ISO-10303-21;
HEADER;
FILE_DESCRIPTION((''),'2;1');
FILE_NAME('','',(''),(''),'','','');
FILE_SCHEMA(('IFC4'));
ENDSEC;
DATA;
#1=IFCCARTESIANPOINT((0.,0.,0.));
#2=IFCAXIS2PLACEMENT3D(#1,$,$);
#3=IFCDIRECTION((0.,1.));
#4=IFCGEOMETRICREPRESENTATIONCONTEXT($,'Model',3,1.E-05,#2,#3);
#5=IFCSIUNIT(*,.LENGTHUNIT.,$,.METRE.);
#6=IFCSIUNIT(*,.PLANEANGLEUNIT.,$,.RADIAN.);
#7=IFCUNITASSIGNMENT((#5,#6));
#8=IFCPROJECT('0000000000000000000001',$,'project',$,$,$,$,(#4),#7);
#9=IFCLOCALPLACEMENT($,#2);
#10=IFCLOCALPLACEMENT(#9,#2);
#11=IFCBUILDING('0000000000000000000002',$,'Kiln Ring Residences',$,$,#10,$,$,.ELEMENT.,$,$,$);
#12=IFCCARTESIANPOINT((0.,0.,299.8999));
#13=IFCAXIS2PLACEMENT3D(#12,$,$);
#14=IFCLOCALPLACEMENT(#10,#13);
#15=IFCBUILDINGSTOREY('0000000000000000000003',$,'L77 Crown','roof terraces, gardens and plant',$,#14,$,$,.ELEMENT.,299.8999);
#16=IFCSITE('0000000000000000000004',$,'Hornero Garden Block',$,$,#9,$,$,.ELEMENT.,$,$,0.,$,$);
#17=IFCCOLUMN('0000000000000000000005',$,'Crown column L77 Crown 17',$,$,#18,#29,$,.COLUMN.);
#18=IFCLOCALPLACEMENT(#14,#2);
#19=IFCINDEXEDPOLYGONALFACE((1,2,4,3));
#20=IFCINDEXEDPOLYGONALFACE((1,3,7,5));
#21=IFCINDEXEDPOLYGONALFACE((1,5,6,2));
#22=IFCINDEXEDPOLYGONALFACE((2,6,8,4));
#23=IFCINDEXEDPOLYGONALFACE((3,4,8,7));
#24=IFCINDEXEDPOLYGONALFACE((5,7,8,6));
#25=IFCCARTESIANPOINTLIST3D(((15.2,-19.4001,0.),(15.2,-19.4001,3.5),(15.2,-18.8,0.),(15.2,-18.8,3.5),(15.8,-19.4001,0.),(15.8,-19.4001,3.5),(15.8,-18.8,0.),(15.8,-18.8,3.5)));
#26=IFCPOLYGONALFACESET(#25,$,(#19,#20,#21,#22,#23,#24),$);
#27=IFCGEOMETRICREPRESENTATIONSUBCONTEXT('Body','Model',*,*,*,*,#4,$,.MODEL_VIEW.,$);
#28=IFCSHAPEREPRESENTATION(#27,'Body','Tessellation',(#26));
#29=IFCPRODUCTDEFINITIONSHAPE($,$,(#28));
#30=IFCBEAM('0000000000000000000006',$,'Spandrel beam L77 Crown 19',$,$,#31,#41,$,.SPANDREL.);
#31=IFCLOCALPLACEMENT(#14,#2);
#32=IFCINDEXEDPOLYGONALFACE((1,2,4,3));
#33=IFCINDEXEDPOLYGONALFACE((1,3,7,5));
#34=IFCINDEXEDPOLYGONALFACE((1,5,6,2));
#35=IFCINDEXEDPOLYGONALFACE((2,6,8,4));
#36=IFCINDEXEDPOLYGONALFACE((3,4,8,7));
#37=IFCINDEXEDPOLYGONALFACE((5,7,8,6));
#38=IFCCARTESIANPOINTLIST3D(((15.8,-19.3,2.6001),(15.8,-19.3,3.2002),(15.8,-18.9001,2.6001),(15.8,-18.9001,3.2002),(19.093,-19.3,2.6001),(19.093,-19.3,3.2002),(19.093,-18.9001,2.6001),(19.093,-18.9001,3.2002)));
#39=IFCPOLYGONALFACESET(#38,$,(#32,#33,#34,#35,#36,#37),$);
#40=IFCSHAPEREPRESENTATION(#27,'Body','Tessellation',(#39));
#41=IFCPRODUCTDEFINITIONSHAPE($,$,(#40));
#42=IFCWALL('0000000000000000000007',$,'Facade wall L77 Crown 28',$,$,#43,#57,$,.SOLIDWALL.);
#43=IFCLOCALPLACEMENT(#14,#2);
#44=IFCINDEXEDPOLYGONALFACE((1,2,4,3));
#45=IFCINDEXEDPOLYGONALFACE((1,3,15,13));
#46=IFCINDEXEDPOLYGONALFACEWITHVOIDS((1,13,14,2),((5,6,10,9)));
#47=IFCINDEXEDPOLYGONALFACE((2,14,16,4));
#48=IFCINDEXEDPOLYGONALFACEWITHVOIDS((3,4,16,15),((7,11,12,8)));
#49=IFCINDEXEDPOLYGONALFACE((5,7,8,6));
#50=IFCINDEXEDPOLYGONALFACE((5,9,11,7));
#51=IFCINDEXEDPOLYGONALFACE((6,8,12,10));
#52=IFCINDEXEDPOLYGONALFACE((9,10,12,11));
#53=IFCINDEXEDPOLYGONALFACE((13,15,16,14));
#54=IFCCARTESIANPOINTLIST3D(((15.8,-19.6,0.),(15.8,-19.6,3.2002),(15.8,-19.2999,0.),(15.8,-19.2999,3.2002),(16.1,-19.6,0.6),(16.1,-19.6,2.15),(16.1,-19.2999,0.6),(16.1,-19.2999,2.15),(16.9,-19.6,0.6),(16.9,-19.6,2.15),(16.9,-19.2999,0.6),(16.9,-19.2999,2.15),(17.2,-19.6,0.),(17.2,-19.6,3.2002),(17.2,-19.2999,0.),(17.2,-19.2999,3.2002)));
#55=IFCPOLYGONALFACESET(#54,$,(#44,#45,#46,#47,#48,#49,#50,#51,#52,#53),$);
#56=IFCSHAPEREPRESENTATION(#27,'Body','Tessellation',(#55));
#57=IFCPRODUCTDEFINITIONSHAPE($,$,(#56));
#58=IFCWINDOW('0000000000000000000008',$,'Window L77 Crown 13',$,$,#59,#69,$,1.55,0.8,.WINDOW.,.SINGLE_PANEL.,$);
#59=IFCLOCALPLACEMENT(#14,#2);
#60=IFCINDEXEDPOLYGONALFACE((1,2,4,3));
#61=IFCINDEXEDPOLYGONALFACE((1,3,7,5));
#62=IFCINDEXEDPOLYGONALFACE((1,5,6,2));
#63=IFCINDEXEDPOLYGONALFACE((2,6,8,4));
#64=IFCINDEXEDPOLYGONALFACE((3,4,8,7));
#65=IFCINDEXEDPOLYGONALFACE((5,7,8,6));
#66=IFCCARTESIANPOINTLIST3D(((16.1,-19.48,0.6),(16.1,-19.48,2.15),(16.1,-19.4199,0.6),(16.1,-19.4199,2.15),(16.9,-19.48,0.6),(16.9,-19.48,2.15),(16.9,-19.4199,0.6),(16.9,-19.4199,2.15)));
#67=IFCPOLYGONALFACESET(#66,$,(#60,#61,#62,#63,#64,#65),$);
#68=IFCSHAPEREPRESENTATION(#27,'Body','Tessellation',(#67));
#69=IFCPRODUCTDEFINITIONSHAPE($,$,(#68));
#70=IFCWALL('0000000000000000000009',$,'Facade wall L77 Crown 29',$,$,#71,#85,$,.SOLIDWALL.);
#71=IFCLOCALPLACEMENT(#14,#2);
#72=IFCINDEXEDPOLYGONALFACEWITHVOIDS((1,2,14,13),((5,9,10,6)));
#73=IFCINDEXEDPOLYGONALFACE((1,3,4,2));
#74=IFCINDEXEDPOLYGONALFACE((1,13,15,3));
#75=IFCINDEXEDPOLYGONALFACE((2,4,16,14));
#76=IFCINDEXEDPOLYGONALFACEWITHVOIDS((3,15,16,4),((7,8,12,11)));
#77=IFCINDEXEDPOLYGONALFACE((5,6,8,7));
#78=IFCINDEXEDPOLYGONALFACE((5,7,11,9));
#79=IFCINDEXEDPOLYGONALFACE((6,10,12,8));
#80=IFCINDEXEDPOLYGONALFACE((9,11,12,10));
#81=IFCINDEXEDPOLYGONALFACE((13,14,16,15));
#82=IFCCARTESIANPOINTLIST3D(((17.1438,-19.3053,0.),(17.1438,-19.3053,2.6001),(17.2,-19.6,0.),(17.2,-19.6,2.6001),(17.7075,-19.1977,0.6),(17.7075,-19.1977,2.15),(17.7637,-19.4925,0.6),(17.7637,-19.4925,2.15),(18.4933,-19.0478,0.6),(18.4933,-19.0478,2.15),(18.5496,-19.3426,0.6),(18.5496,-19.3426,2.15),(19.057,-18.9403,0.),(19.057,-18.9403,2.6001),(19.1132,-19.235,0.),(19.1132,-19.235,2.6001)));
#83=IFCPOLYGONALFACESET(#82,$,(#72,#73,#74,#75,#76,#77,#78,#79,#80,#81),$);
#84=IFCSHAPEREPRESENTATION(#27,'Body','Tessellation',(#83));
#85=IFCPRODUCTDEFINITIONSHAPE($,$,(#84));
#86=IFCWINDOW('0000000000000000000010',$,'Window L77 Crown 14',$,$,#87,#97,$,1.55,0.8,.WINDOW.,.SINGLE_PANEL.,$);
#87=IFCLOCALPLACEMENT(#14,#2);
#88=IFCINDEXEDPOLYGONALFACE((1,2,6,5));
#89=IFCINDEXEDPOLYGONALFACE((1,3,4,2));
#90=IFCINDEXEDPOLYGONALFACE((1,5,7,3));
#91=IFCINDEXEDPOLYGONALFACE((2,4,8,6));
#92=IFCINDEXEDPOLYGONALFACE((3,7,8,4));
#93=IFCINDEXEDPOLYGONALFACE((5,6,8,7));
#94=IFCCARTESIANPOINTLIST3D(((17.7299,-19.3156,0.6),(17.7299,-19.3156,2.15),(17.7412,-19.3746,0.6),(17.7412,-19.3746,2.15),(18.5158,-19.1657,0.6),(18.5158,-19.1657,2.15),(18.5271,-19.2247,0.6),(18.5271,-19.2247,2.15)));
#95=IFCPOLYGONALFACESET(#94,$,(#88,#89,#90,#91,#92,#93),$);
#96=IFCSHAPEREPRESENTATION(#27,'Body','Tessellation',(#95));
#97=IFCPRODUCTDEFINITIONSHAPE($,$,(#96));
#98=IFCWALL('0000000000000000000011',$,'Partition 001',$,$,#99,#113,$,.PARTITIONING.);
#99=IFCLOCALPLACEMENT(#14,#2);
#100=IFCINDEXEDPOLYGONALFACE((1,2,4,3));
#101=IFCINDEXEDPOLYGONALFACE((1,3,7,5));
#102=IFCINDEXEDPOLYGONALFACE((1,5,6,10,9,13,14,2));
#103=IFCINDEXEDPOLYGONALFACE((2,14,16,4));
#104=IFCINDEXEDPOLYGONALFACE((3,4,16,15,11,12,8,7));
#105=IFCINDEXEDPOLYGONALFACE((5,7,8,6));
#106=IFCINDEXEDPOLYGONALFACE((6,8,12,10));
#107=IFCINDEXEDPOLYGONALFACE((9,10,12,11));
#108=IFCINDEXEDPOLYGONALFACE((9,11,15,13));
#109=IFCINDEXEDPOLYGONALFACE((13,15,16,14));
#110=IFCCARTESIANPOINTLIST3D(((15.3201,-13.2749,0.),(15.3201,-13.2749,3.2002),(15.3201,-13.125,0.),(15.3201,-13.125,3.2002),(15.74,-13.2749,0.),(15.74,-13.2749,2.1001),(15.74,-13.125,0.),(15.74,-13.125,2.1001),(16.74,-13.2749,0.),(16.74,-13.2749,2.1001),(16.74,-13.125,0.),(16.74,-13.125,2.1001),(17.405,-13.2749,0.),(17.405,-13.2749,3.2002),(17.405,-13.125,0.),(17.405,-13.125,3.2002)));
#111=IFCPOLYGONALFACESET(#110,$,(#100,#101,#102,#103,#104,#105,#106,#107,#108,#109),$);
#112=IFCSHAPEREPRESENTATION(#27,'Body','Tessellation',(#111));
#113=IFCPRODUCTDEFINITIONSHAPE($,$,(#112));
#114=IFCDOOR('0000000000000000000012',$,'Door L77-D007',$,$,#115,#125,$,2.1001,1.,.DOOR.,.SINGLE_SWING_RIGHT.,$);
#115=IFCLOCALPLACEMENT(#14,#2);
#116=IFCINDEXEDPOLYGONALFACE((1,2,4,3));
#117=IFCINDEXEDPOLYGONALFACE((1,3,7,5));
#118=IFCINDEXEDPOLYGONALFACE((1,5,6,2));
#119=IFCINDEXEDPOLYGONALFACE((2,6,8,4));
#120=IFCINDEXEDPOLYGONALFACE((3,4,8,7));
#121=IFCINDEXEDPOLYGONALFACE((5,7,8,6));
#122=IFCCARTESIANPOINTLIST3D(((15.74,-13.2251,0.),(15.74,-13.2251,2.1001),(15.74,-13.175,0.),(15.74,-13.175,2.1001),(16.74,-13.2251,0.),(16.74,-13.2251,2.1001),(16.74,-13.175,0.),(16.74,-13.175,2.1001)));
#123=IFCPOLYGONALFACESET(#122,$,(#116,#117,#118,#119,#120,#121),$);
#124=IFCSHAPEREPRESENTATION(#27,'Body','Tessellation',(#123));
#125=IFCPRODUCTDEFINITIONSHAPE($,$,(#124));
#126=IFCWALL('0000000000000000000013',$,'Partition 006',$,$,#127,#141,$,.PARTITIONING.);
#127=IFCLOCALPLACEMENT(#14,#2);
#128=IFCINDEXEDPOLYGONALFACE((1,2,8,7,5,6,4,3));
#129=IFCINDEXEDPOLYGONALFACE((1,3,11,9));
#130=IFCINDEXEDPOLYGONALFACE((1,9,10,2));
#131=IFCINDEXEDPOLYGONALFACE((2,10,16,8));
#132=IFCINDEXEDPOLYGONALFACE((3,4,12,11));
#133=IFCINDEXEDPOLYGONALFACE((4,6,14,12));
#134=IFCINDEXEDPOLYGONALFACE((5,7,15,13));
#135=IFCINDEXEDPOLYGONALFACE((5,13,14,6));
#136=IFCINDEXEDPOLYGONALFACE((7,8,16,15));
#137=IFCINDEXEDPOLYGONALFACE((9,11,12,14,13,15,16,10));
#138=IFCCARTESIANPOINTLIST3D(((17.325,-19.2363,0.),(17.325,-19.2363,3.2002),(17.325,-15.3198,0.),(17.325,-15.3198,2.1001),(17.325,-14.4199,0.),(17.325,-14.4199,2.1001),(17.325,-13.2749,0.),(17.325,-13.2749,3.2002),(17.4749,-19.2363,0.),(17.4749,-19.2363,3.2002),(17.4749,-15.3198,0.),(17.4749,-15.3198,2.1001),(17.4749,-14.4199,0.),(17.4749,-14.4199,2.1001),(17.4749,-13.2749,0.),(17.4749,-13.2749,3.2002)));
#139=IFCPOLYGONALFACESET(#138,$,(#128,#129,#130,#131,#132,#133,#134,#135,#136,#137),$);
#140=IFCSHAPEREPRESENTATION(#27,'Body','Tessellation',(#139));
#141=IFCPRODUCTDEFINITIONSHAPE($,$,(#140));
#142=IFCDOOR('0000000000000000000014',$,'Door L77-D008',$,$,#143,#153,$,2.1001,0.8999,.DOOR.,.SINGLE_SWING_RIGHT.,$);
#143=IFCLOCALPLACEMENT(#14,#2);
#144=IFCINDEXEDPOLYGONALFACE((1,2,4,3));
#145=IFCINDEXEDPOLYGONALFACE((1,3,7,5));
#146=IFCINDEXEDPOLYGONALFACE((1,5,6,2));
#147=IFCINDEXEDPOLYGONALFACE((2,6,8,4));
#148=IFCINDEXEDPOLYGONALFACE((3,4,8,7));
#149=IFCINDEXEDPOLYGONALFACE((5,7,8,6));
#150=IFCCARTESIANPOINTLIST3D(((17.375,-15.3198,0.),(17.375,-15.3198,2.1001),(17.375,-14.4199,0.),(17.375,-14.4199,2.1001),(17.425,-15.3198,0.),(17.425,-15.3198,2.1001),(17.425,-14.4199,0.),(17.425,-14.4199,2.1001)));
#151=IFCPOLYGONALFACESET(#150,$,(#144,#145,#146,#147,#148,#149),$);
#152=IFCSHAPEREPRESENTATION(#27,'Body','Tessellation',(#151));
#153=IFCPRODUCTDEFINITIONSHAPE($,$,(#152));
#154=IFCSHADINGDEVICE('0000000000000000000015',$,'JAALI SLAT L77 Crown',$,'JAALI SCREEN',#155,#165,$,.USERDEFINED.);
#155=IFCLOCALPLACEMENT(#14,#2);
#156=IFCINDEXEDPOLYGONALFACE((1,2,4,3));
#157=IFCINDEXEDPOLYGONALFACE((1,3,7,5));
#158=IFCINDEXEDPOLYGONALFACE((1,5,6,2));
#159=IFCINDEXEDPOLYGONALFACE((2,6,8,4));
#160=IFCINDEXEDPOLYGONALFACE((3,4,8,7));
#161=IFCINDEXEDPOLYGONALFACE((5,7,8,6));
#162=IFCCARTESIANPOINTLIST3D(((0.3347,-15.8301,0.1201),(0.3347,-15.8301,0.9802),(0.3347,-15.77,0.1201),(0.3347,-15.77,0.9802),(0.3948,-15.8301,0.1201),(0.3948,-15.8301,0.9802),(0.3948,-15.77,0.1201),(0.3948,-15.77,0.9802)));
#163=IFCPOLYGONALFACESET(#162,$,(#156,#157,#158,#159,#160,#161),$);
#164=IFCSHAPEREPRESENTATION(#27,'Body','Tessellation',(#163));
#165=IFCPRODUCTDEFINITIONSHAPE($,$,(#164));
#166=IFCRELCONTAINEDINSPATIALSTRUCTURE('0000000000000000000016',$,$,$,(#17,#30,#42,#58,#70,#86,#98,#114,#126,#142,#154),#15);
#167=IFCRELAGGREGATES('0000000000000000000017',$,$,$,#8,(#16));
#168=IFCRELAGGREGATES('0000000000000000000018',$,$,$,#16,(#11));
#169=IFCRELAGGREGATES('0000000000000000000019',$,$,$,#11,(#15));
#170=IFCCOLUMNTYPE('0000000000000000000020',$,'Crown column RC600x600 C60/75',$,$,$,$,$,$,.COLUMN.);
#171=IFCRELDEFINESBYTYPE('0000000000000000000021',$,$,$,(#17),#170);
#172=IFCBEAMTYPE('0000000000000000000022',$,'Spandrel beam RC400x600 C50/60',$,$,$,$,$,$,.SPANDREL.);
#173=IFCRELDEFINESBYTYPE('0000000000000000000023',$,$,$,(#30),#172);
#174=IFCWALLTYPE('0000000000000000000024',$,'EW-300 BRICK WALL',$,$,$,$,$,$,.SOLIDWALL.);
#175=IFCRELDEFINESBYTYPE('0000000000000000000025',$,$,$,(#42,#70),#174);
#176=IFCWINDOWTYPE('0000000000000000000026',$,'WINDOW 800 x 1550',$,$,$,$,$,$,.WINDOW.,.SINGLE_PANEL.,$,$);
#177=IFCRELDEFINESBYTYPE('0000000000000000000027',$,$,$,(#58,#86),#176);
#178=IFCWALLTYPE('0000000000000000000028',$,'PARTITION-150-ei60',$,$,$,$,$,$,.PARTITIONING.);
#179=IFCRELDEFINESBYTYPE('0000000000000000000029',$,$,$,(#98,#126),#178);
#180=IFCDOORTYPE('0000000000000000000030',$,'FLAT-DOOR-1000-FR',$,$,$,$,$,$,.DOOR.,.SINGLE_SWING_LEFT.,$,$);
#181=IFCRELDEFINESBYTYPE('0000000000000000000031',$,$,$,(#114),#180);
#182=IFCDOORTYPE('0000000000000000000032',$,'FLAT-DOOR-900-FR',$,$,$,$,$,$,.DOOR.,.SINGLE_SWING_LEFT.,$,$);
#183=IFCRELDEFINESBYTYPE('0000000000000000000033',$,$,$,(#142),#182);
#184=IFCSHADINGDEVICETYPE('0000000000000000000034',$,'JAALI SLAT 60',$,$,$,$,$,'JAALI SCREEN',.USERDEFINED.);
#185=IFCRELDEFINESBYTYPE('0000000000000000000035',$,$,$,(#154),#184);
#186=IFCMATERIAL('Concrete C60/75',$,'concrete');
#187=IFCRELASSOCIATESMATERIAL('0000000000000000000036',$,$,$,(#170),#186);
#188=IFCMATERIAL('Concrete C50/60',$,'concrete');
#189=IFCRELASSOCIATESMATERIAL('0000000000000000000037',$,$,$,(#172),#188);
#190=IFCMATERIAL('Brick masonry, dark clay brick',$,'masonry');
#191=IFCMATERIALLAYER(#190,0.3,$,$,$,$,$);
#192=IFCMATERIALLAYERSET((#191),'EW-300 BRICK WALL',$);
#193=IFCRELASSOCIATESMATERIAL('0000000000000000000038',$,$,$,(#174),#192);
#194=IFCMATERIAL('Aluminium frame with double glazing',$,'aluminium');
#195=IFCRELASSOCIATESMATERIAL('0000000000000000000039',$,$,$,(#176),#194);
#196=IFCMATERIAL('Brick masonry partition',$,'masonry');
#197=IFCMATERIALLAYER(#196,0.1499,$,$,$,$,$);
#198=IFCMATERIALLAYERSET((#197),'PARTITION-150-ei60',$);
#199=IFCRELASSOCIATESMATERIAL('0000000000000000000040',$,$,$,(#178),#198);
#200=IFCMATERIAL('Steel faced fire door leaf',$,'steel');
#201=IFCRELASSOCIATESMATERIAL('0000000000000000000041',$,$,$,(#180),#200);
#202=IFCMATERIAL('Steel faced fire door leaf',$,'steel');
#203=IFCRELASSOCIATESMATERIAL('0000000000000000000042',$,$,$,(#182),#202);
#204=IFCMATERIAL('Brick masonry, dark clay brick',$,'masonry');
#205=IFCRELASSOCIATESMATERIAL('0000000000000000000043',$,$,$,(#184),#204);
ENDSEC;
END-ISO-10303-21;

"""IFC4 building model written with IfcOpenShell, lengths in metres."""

from ifc_helpers import new_model, si_unit, direction, frame, frame_2d, origin, origin_2d, place, context, subcontext, project, spatial, rectangle, extrude, material, layer, layer_set, material_profile, profile_set, type_object, element, fill, save


model = new_model("IFC4")

# Units and contexts
model_context = context("Model", 3, precision=1e-05, world=origin(), true_north=direction((0.0, 1.0)))
body_context = subcontext(model_context, "Body", "Model", "MODEL_VIEW")
ifc_project = project(units=[si_unit("LENGTHUNIT", "METRE"), si_unit("PLANEANGLEUNIT", "RADIAN")], contexts=[model_context])

# Site, building, storey
site_placement = place(None, origin())
site = spatial("IfcSite", under=ifc_project, at=site_placement, Name="Hornero Garden Block", CompositionType="ELEMENT", RefElevation=0.0)
building_placement = place(site_placement, origin())
building = spatial("IfcBuilding", under=site, at=building_placement, Name="Kiln Ring Residences", CompositionType="ELEMENT")
storey_placement = place(building_placement, frame((0.0, 0.0, 299.8999)))
storey = spatial("IfcBuildingStorey", under=building, at=storey_placement, Name="L77 Crown", Description="roof terraces, gardens and plant", CompositionType="ELEMENT", Elevation=299.8999)

# Column
ifc_material_1 = material(Name="Concrete C60/75", Category="concrete")
ifc_material_profile_1 = material_profile(ifc_material_1, rectangle(XDim=0.6001, YDim=0.6001, at=origin_2d()), Name="RC600x600")
ifc_profile_set_1 = profile_set([ifc_material_profile_1], Name="Concrete C60/75")
column_type = type_object("IfcColumnType", Name="Crown column RC600x600 C60/75", PredefinedType="COLUMN", material=ifc_profile_set_1)
column_placement = place(storey_placement, frame((15.5, -19.1001, 0.0), z_axis=(0.0, 0.0, 1.0), x_axis=(1.0, 0.0, 0.0)))
element("IfcColumn", 1, at=column_placement, inside=storey, type_object=column_type, Name="Crown column L77 Crown 17", PredefinedType="COLUMN", context=body_context, shape_type="SweptSolid", body=[
    extrude(rectangle(XDim=0.6001, YDim=0.6001, at=origin_2d()), origin(), (0.0, 0.0, 1.0), 3.5),
])

# Beam
ifc_material_2 = material(Name="Concrete C50/60", Category="concrete")
ifc_material_profile_2 = material_profile(ifc_material_2, rectangle(XDim=0.3999, YDim=0.6001, at=origin_2d()), Name="RC400x600")
ifc_profile_set_2 = profile_set([ifc_material_profile_2], Name="Concrete C50/60")
beam_type = type_object("IfcBeamType", Name="Spandrel beam RC400x600 C50/60", PredefinedType="SPANDREL", material=ifc_profile_set_2)
beam_placement = place(storey_placement, frame((15.8, -19.1001, 2.9001), z_axis=(1.0, 0.0, 0.0), x_axis=(0.0, 1.0, 0.0)))
element("IfcBeam", 2, at=beam_placement, inside=storey, type_object=beam_type, Name="Spandrel beam L77 Crown 19", PredefinedType="SPANDREL", context=body_context, shape_type="SweptSolid", body=[
    extrude(rectangle(XDim=0.3999, YDim=0.6001, at=origin_2d()), origin(), (0.0, 0.0, 1.0), 3.293),
])

# Walls, openings, windows
ifc_material_3 = material(Name="Brick masonry, dark clay brick", Category="masonry")
ifc_layer_1 = layer(ifc_material_3, 0.3)
ifc_layer_set_1 = layer_set([ifc_layer_1], Name="EW-300 BRICK WALL")
wall_type_1 = type_object("IfcWallType", Name="EW-300 BRICK WALL", PredefinedType="SOLIDWALL", material=ifc_layer_set_1)
wall_1_placement = place(storey_placement, frame((15.8, -19.45, 0.0), z_axis=(0.0, 0.0, 1.0), x_axis=(1.0, 0.0, 0.0)))
wall_1 = element("IfcWall", 3, at=wall_1_placement, inside=storey, type_object=wall_type_1, Name="Facade wall L77 Crown 28", PredefinedType="SOLIDWALL", context=body_context, shape_type="SweptSolid", body=[
    extrude(rectangle(XDim=1.3999, YDim=0.3, at=frame_2d((0.7, 0.0))), origin(), (0.0, 0.0, 1.0), 3.2002),
])
opening_1_placement = place(wall_1_placement, frame((0.3, 0.0, 0.6001)))
opening_1 = element("IfcOpeningElement", 4, at=opening_1_placement, cuts=wall_1, PredefinedType="OPENING", context=body_context, shape_type="SweptSolid", body=[
    extrude(rectangle(XDim=0.8, YDim=1.55, at=frame_2d((0.3999, 0.7749))), frame((0.0, 0.1599, 0.0), z_axis=(0.0, -1.0, 0.0), x_axis=(1.0, 0.0, 0.0)), (0.0, 0.0, 1.0), 0.3201),
])
ifc_material_4 = material(Name="Aluminium frame with double glazing", Category="aluminium")
window_type = type_object("IfcWindowType", Name="WINDOW 800 x 1550", PartitioningType="SINGLE_PANEL", PredefinedType="WINDOW", material=ifc_material_4)
window_1_placement = place(opening_1_placement, origin())
window_1 = element("IfcWindow", 5, at=window_1_placement, inside=storey, type_object=window_type, Name="Window L77 Crown 13", OverallHeight=1.55, OverallWidth=0.8, PartitioningType="SINGLE_PANEL", PredefinedType="WINDOW", context=body_context, shape_type="SweptSolid", body=[
    extrude(rectangle(XDim=0.8, YDim=1.55, at=frame_2d((0.3999, 0.7749))), frame((0.0, 0.03, 0.0), z_axis=(0.0, -1.0, 0.0), x_axis=(1.0, 0.0, 0.0)), (0.0, 0.0, 1.0), 0.0601),
])
fill(opening_1, window_1)
wall_2_placement = place(storey_placement, frame((17.1719, -19.4526, 0.0), z_axis=(0.0, 0.0, 1.0), x_axis=(0.982287, 0.187383, 0.0)))
wall_2 = element("IfcWall", 6, at=wall_2_placement, inside=storey, type_object=wall_type_1, Name="Facade wall L77 Crown 29", PredefinedType="SOLIDWALL", context=body_context, shape_type="SweptSolid", body=[
    extrude(rectangle(XDim=1.9478, YDim=0.3, at=frame_2d((0.9739, 0.0))), origin(), (0.0, 0.0, 1.0), 2.6001),
])
opening_2_placement = place(wall_2_placement, frame((0.574, 0.0, 0.6001)))
opening_2 = element("IfcOpeningElement", 7, at=opening_2_placement, cuts=wall_2, PredefinedType="OPENING", context=body_context, shape_type="SweptSolid", body=[
    extrude(rectangle(XDim=0.8, YDim=1.55, at=frame_2d((0.3999, 0.7749))), frame((0.0, 0.1599, 0.0), z_axis=(0.0, -1.0, 0.0), x_axis=(1.0, 0.0, 0.0)), (0.0, 0.0, 1.0), 0.3201),
])
window_2_placement = place(opening_2_placement, origin())
window_2 = element("IfcWindow", 8, at=window_2_placement, inside=storey, type_object=window_type, Name="Window L77 Crown 14", OverallHeight=1.55, OverallWidth=0.8, PartitioningType="SINGLE_PANEL", PredefinedType="WINDOW", context=body_context, shape_type="SweptSolid", body=[
    extrude(rectangle(XDim=0.8, YDim=1.55, at=frame_2d((0.3999, 0.7749))), frame((0.0, 0.03, 0.0), z_axis=(0.0, -1.0, 0.0), x_axis=(1.0, 0.0, 0.0)), (0.0, 0.0, 1.0), 0.0601),
])
fill(opening_2, window_2)

# Walls, openings, doors
ifc_material_5 = material(Name="Brick masonry partition", Category="masonry")
ifc_layer_2 = layer(ifc_material_5, 0.1499)
ifc_layer_set_2 = layer_set([ifc_layer_2], Name="PARTITION-150-ei60")
wall_type_2 = type_object("IfcWallType", Name="PARTITION-150-ei60", PredefinedType="PARTITIONING", material=ifc_layer_set_2)
wall_3_placement = place(storey_placement, frame((15.3201, -13.2, 0.0), z_axis=(0.0, 0.0, 1.0), x_axis=(1.0, 0.0, 0.0)))
wall_3 = element("IfcWall", 9, at=wall_3_placement, inside=storey, type_object=wall_type_2, Name="Partition 001", PredefinedType="PARTITIONING", context=body_context, shape_type="SweptSolid", body=[
    extrude(rectangle(XDim=2.085, YDim=0.1499, at=frame_2d((1.0425, 0.0))), origin(), (0.0, 0.0, 1.0), 3.2002),
])
opening_3_placement = place(wall_3_placement, frame((0.4199, 0.0, 0.0)))
opening_3 = element("IfcOpeningElement", 10, at=opening_3_placement, cuts=wall_3, PredefinedType="OPENING", context=body_context, shape_type="SweptSolid", body=[
    extrude(rectangle(XDim=1.0, YDim=2.1001, at=frame_2d((0.5, 1.05))), frame((0.0, 0.085, 0.0), z_axis=(0.0, -1.0, 0.0), x_axis=(1.0, 0.0, 0.0)), (0.0, 0.0, 1.0), 0.1699),
])
ifc_material_6 = material(Name="Steel faced fire door leaf", Category="steel")
door_type_1 = type_object("IfcDoorType", Name="FLAT-DOOR-1000-FR", OperationType="SINGLE_SWING_LEFT", PredefinedType="DOOR", material=ifc_material_6)
door_1_placement = place(opening_3_placement, origin())
door_1 = element("IfcDoor", 11, at=door_1_placement, inside=storey, type_object=door_type_1, Name="Door L77-D007", OperationType="SINGLE_SWING_RIGHT", OverallHeight=2.1001, OverallWidth=1.0, PredefinedType="DOOR", context=body_context, shape_type="SweptSolid", body=[
    extrude(rectangle(XDim=1.0, YDim=2.1001, at=frame_2d((0.5, 1.05))), frame((0.0, 0.0249, 0.0), z_axis=(0.0, -1.0, 0.0), x_axis=(1.0, 0.0, 0.0)), (0.0, 0.0, 1.0), 0.05),
])
fill(opening_3, door_1)
wall_4_placement = place(storey_placement, frame((17.3999, -19.2363, 0.0), z_axis=(0.0, 0.0, 1.0), x_axis=(0.0, 1.0, 0.0)))
wall_4 = element("IfcWall", 12, at=wall_4_placement, inside=storey, type_object=wall_type_2, Name="Partition 006", PredefinedType="PARTITIONING", context=body_context, shape_type="SweptSolid", body=[
    extrude(rectangle(XDim=5.9614, YDim=0.1499, at=frame_2d((2.9807, 0.0))), origin(), (0.0, 0.0, 1.0), 3.2002),
])
opening_4_placement = place(wall_4_placement, frame((3.9165, 0.0, 0.0)))
opening_4 = element("IfcOpeningElement", 13, at=opening_4_placement, cuts=wall_4, PredefinedType="OPENING", context=body_context, shape_type="SweptSolid", body=[
    extrude(rectangle(XDim=0.8999, YDim=2.1001, at=frame_2d((0.45, 1.05))), frame((0.0, 0.085, 0.0), z_axis=(0.0, -1.0, 0.0), x_axis=(1.0, 0.0, 0.0)), (0.0, 0.0, 1.0), 0.1699),
])
ifc_material_7 = material(Name="Steel faced fire door leaf", Category="steel")
door_type_2 = type_object("IfcDoorType", Name="FLAT-DOOR-900-FR", OperationType="SINGLE_SWING_LEFT", PredefinedType="DOOR", material=ifc_material_7)
door_2_placement = place(opening_4_placement, origin())
door_2 = element("IfcDoor", 14, at=door_2_placement, inside=storey, type_object=door_type_2, Name="Door L77-D008", OperationType="SINGLE_SWING_RIGHT", OverallHeight=2.1001, OverallWidth=0.8999, PredefinedType="DOOR", context=body_context, shape_type="SweptSolid", body=[
    extrude(rectangle(XDim=0.8999, YDim=2.1001, at=frame_2d((0.45, 1.05))), frame((0.0, 0.0249, 0.0), z_axis=(0.0, -1.0, 0.0), x_axis=(1.0, 0.0, 0.0)), (0.0, 0.0, 1.0), 0.05),
])
fill(opening_4, door_2)

# Shading device
ifc_material_8 = material(Name="Brick masonry, dark clay brick", Category="masonry")
shading_device_type = type_object("IfcShadingDeviceType", Name="JAALI SLAT 60", ElementType="JAALI SCREEN", PredefinedType="USERDEFINED", material=ifc_material_8)
for number, where, z_axis, x_axis, name in (
    (15, (0.3647, -15.8, 0.1201), (0.0, 0.0, 1.0), (1.0, 0.0, 0.0), "JAALI SLAT L77 Crown"),
):
    element("IfcShadingDevice", number, at=place(storey_placement, frame(where, z_axis=z_axis, x_axis=x_axis)), inside=storey, type_object=shading_device_type, Name=name, ObjectType="JAALI SCREEN", PredefinedType="USERDEFINED", context=body_context, shape_type="SweptSolid", body=[
        extrude(rectangle(XDim=0.0601, YDim=0.0601, at=origin_2d()), origin(), (0.0, 0.0, 1.0), 0.8601),
    ])

save(model, "model.ifc")
